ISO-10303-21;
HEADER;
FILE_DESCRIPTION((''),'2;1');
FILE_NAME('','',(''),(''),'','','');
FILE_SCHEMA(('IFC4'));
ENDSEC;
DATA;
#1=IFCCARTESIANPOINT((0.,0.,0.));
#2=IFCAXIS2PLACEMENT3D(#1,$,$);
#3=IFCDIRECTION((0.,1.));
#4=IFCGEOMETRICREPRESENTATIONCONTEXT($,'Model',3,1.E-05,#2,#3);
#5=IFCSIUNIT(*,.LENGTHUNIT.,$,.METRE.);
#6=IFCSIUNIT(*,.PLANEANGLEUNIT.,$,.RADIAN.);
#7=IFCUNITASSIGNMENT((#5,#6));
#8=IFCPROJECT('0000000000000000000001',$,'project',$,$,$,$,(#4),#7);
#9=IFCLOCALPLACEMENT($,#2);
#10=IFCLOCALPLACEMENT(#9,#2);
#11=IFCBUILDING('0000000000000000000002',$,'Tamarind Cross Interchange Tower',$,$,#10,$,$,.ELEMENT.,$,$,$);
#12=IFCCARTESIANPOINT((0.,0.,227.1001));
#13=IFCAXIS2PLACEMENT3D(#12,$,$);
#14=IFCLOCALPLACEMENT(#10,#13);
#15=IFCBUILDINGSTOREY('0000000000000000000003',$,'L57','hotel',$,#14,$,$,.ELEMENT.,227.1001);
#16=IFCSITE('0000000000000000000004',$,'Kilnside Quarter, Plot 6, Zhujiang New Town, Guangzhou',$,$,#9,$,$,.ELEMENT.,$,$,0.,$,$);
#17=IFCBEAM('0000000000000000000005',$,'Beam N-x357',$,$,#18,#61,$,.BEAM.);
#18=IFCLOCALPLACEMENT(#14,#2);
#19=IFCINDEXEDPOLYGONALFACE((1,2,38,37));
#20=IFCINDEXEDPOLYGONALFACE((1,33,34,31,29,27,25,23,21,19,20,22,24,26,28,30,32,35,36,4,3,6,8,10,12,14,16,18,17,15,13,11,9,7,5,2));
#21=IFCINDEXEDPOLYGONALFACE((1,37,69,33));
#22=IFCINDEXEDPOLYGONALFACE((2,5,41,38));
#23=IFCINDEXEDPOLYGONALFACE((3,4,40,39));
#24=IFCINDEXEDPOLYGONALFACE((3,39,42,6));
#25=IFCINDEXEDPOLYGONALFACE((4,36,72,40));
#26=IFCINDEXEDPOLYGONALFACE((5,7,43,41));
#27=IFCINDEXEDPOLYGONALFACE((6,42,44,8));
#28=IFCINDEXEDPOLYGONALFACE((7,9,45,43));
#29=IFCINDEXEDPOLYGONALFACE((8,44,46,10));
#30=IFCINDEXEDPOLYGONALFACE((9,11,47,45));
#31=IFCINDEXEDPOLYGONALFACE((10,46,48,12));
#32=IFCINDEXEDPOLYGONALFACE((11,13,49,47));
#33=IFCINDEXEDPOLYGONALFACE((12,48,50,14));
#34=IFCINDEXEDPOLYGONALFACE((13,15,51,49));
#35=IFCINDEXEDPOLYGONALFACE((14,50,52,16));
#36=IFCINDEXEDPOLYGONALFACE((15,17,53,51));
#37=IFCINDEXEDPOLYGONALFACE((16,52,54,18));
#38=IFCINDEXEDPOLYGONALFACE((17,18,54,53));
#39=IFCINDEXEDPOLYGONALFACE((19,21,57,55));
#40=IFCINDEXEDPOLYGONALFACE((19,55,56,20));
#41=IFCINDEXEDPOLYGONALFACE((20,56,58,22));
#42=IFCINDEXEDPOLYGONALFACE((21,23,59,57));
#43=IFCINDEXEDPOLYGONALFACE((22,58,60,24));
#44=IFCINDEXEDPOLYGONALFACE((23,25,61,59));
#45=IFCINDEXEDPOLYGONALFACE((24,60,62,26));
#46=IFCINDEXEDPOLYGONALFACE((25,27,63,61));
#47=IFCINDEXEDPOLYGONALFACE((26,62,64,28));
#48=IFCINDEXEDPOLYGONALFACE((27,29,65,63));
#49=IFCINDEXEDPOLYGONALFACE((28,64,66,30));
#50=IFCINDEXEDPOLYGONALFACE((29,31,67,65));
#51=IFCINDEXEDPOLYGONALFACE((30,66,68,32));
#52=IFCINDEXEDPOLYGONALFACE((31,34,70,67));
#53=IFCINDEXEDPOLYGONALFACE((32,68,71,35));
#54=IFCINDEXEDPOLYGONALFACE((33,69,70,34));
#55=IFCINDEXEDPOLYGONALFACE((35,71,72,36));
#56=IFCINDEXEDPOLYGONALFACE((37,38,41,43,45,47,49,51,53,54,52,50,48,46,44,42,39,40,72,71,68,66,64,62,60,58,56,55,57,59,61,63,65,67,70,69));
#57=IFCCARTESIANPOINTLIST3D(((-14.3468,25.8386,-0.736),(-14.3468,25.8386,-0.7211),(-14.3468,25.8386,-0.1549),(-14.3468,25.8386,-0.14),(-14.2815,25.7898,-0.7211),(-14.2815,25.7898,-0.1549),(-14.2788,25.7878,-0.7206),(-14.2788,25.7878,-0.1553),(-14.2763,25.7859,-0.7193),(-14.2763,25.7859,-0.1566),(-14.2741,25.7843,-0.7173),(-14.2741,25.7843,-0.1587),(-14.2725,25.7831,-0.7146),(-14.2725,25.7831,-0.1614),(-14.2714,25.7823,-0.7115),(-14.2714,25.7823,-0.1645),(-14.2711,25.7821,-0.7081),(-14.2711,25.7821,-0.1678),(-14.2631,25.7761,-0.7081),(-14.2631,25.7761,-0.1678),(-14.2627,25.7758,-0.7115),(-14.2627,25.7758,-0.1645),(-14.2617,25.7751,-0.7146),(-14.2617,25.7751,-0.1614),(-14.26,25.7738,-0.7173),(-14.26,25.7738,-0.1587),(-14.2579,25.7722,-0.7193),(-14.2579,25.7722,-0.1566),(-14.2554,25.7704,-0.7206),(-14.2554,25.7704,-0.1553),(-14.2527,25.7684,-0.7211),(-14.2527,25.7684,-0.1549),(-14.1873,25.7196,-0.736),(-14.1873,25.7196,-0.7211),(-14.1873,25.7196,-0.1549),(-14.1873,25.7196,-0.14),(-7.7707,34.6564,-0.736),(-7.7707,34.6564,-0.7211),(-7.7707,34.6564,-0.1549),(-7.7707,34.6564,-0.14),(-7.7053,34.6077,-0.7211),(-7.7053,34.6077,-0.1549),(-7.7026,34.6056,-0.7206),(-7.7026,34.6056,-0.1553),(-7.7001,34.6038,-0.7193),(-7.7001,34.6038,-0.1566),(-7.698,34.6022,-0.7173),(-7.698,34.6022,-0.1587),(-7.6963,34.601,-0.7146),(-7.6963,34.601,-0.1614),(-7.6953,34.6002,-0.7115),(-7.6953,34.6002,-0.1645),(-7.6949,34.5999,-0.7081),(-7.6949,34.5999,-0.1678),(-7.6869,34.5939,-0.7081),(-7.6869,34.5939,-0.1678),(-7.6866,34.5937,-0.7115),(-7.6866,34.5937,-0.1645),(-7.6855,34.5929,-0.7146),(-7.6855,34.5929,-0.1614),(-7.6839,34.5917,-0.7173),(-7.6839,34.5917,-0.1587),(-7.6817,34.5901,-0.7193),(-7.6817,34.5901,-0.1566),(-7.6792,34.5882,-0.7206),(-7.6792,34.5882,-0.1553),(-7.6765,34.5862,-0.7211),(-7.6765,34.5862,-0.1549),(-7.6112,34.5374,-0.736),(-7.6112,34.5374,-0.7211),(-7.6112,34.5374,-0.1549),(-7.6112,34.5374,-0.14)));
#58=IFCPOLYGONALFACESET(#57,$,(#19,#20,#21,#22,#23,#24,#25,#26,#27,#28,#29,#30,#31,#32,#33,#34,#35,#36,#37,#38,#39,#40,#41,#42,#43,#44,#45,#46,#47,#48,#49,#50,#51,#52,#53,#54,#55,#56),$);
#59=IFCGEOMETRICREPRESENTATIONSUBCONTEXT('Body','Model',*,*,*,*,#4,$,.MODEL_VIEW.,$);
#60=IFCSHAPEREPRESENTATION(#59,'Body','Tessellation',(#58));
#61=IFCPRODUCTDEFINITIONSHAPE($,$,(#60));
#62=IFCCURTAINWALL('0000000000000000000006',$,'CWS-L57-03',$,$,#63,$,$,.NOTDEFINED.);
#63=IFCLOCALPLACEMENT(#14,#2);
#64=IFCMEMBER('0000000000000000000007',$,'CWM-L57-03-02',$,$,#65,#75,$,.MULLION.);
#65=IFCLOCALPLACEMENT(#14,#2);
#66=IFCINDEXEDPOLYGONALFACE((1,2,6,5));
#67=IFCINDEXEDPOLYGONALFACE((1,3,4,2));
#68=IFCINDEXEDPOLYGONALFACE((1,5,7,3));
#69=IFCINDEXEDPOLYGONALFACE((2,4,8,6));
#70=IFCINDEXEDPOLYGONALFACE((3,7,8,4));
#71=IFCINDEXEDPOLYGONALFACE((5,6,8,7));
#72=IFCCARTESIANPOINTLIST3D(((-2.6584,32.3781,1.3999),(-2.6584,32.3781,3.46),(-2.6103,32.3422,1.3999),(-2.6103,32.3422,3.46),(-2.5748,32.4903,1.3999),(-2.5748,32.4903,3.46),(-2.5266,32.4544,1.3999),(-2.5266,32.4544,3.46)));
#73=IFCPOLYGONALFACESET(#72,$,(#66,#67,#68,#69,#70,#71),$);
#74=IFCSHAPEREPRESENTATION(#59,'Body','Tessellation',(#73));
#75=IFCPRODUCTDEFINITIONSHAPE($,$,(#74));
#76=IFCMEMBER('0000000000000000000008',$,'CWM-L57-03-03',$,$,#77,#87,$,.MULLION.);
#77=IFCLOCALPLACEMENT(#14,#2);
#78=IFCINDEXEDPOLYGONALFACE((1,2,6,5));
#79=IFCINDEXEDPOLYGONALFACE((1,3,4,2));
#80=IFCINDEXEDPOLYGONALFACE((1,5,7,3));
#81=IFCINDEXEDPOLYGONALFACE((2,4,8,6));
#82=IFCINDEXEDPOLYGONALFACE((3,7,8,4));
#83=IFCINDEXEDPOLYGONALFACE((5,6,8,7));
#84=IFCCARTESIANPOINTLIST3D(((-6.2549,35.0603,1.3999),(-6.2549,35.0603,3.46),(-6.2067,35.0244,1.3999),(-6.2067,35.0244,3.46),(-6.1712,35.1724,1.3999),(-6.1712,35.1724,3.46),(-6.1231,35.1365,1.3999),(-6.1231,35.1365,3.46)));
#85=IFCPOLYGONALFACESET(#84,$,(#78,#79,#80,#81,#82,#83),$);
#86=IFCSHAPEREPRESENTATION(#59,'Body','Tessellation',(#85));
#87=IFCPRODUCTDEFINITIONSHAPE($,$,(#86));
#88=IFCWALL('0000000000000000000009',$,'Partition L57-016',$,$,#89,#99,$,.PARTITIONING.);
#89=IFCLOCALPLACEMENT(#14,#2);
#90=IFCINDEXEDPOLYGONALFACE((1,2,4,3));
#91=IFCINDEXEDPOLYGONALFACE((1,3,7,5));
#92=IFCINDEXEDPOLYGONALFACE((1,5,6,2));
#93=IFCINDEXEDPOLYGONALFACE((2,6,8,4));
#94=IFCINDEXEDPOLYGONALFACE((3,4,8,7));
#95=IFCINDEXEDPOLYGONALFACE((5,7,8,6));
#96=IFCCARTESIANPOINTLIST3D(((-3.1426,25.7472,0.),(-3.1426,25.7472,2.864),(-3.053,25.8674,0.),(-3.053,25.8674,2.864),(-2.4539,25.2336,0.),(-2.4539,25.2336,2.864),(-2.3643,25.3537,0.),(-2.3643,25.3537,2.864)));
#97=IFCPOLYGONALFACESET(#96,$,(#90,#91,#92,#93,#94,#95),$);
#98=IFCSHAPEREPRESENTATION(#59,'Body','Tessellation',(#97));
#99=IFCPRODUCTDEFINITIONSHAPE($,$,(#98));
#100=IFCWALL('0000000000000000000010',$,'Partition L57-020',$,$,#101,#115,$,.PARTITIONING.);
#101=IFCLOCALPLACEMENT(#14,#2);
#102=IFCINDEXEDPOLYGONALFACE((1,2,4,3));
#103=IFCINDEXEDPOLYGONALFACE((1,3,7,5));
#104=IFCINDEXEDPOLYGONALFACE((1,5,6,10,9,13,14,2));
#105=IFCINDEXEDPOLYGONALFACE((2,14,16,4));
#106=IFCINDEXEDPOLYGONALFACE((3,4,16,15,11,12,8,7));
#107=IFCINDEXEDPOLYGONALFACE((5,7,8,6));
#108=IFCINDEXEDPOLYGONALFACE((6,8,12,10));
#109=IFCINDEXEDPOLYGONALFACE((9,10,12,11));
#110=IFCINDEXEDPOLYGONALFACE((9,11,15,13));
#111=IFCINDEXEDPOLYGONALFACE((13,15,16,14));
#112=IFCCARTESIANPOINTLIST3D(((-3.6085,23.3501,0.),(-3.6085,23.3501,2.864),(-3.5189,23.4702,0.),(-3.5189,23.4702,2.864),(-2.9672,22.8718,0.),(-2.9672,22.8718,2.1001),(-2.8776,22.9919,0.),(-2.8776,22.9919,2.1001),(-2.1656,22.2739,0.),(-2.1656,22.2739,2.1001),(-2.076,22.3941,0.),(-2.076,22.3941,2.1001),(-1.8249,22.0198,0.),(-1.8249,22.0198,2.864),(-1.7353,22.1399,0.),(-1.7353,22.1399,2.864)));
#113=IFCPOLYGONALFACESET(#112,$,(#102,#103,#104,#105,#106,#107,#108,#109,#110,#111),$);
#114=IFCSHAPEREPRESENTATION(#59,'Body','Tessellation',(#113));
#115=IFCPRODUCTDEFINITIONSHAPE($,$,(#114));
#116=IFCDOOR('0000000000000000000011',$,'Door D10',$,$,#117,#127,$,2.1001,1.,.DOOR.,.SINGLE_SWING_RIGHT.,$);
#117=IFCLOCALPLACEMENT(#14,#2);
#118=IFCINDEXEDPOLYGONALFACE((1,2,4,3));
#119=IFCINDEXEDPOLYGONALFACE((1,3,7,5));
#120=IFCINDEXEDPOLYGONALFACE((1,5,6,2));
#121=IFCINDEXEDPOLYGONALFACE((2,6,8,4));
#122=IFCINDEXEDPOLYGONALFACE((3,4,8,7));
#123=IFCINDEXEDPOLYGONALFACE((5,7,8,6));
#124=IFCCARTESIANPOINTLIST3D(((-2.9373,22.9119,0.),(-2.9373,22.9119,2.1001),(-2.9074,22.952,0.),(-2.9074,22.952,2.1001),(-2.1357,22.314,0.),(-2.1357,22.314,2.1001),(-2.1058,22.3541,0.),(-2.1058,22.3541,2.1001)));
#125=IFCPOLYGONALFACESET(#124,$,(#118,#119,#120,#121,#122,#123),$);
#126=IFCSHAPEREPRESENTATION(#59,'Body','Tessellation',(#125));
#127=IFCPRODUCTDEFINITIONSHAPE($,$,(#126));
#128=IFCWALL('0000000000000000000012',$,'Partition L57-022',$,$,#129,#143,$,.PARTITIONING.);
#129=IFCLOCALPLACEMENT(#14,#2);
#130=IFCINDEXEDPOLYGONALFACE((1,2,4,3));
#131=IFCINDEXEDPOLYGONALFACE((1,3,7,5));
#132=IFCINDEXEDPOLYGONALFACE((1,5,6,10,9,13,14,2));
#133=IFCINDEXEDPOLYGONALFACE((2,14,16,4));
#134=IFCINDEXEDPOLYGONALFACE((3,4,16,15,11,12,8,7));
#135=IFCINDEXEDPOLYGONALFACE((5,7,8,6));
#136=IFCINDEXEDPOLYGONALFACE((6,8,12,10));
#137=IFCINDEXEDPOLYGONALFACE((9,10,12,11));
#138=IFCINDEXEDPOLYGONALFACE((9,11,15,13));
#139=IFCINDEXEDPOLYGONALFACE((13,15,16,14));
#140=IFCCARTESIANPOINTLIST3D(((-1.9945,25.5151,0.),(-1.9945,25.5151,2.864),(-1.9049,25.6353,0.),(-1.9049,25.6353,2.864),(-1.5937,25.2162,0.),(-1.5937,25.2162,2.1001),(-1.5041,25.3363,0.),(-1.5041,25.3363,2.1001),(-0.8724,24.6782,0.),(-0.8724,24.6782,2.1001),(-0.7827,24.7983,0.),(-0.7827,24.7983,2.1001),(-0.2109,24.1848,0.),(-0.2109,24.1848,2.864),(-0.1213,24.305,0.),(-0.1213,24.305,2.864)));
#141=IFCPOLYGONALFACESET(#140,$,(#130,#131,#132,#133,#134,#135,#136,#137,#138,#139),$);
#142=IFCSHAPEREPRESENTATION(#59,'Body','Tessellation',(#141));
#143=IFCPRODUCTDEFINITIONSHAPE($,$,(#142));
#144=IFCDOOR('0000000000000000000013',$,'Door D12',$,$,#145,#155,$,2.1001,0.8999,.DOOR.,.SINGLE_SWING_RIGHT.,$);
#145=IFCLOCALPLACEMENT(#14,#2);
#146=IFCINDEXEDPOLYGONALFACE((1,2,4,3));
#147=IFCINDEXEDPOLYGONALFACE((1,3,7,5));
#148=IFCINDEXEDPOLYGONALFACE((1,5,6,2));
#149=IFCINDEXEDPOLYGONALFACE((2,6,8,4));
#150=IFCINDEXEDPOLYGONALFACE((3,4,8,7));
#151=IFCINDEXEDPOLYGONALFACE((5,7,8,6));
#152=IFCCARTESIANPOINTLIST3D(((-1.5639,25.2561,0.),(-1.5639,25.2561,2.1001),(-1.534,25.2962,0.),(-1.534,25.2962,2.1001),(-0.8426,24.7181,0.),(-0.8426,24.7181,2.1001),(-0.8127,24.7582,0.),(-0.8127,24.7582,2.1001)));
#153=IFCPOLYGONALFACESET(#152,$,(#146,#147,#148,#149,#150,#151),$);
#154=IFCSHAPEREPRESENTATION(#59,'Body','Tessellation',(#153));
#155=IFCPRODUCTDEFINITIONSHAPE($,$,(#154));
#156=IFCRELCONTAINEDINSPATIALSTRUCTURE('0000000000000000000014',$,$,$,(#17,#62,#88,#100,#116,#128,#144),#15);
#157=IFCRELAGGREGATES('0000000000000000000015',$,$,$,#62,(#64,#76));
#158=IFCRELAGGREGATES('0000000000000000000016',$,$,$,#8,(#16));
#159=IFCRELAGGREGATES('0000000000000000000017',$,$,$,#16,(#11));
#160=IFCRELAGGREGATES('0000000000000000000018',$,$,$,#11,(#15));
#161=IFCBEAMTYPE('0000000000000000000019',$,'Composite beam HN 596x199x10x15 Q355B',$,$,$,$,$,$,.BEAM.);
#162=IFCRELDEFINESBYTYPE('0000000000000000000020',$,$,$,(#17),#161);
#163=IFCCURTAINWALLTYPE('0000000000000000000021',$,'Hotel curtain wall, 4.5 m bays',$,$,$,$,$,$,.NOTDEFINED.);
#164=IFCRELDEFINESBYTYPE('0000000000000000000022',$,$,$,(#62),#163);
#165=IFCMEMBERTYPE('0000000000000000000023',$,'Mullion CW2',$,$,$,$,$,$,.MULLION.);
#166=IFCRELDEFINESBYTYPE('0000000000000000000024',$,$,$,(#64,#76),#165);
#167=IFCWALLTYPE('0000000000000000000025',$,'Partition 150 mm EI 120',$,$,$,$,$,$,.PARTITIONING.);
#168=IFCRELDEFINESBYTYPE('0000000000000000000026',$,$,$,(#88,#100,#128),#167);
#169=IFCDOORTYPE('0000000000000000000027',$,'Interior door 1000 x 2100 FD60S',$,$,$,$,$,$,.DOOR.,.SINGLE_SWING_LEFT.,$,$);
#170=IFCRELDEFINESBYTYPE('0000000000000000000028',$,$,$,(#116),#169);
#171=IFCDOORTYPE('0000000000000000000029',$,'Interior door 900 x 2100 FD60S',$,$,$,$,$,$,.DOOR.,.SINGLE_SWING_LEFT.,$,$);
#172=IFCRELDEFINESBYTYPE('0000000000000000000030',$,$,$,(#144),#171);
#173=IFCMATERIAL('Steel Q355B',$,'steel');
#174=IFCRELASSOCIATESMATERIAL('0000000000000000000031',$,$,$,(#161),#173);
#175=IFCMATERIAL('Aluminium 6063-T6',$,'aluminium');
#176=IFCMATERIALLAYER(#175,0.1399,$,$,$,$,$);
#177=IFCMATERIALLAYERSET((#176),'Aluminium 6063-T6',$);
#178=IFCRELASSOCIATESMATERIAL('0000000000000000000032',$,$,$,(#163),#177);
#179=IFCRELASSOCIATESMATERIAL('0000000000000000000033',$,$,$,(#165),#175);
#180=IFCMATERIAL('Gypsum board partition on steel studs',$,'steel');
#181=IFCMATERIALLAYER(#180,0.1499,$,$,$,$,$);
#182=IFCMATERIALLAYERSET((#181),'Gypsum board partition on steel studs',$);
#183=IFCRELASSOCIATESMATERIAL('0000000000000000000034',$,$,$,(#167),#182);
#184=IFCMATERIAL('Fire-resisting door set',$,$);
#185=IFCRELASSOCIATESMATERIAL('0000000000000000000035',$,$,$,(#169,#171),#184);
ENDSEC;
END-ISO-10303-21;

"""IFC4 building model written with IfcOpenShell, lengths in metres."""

from ifc_helpers import new_model, si_unit, direction, frame, frame_2d, origin, origin_2d, place, context, subcontext, project, spatial, rectangle, i_section, extrude, material, layer, layer_set, material_profile, profile_set, type_object, element, fill, aggregate, save


model = new_model("IFC4")

# Units and contexts
model_context = context("Model", 3, precision=1e-05, world=origin(), true_north=direction((0.0, 1.0)))
body_context = subcontext(model_context, "Body", "Model", "MODEL_VIEW")
ifc_project = project(units=[si_unit("LENGTHUNIT", "METRE"), si_unit("PLANEANGLEUNIT", "RADIAN")], contexts=[model_context])

# Site, building, storey
site_placement = place(None, origin())
site = spatial("IfcSite", under=ifc_project, at=site_placement, Name="Kilnside Quarter, Plot 6, Zhujiang New Town, Guangzhou", CompositionType="ELEMENT", RefElevation=0.0)
building_placement = place(site_placement, origin())
building = spatial("IfcBuilding", under=site, at=building_placement, Name="Tamarind Cross Interchange Tower", CompositionType="ELEMENT")
storey_placement = place(building_placement, frame((0.0, 0.0, 227.1001)))
storey = spatial("IfcBuildingStorey", under=building, at=storey_placement, Name="L57", Description="hotel", CompositionType="ELEMENT", Elevation=227.1001)

# Beam
ifc_material_1 = material(Name="Steel Q355B", Category="steel")
ifc_material_profile_1 = material_profile(ifc_material_1, i_section(OverallWidth=0.199, OverallDepth=0.5959, WebThickness=0.01, FlangeThickness=0.0149, FilletRadius=0.0129, at=origin_2d()), Name="HN 596x199x10x15")
ifc_profile_set_1 = profile_set([ifc_material_profile_1], Name="Steel Q355B")
beam_type_1 = type_object("IfcBeamType", Name="Composite beam HN 596x199x10x15 Q355B", PredefinedType="BEAM", material=ifc_profile_set_1)
for number, where, z_axis, x_axis, name in (
    (1, (-7.6909, 34.5969, -0.438), (-0.597832, -0.801622, 0.0), (0.801622, -0.597832, 0.0), "Beam N-x357"),
):
    element("IfcBeam", number, at=place(storey_placement, frame(where, z_axis=z_axis, x_axis=x_axis)), inside=storey, type_object=beam_type_1, Name=name, PredefinedType="BEAM", context=body_context, shape_type="SweptSolid", body=[
        extrude(i_section(OverallWidth=0.199, OverallDepth=0.5959, WebThickness=0.01, FlangeThickness=0.0149, FilletRadius=0.0129, at=origin_2d()), origin(), (0.0, 0.0, 1.0), 11.0),
    ])

# Curtain wall, members
ifc_material_2 = material(Name="Aluminium 6063-T6", Category="aluminium")
ifc_layer_1 = layer(ifc_material_2, 0.1399)
ifc_layer_set_1 = layer_set([ifc_layer_1], Name="Aluminium 6063-T6")
curtain_wall_type = type_object("IfcCurtainWallType", Name="Hotel curtain wall, 4.5 m bays", PredefinedType="NOTDEFINED", material=ifc_layer_set_1)
curtain_wall_placement = place(storey_placement, origin())
curtain_wall = element("IfcCurtainWall", 2, at=curtain_wall_placement, inside=storey, type_object=curtain_wall_type, Name="CWS-L57-03", PredefinedType="NOTDEFINED")
ifc_material_profile_2 = material_profile(ifc_material_2, rectangle(XDim=0.0601, YDim=0.1399, at=origin_2d()), Name="Mullion CW2")
ifc_profile_set_2 = profile_set([ifc_material_profile_2], Name="Aluminium 6063-T6")
member_type = type_object("IfcMemberType", Name="Mullion CW2", PredefinedType="MULLION", material=ifc_profile_set_2)
member_1_placement = place(storey_placement, frame((-2.5925, 32.4163, 1.3999), z_axis=(0.0, 0.0, 1.0), x_axis=(-0.801617, 0.597838, 0.0)))
member_1 = element("IfcMember", 3, at=member_1_placement, type_object=member_type, Name="CWM-L57-03-02", PredefinedType="MULLION", context=body_context, shape_type="SweptSolid", body=[
    extrude(rectangle(XDim=0.0601, YDim=0.1399, at=origin_2d()), origin(), (0.0, 0.0, 1.0), 2.0601),
])
member_2_placement = place(storey_placement, frame((-6.189, 35.0984, 1.3999), z_axis=(0.0, 0.0, 1.0), x_axis=(-0.801617, 0.597838, 0.0)))
member_2 = element("IfcMember", 4, at=member_2_placement, type_object=member_type, Name="CWM-L57-03-03", PredefinedType="MULLION", context=body_context, shape_type="SweptSolid", body=[
    extrude(rectangle(XDim=0.0601, YDim=0.1399, at=origin_2d()), origin(), (0.0, 0.0, 1.0), 2.0601),
])
aggregate(curtain_wall, [member_1, member_2])

# Wall
ifc_material_3 = material(Name="Gypsum board partition on steel studs", Category="steel")
ifc_layer_2 = layer(ifc_material_3, 0.1499)
ifc_layer_set_2 = layer_set([ifc_layer_2], Name="Gypsum board partition on steel studs")
wall_type_1 = type_object("IfcWallType", Name="Partition 150 mm EI 120", PredefinedType="PARTITIONING", material=ifc_layer_set_2)
wall_1_placement = place(storey_placement, frame((-3.0979, 25.8074, 0.0), z_axis=(0.0, 0.0, 1.0), x_axis=(0.8016, -0.597861, 0.0)))
element("IfcWall", 5, at=wall_1_placement, inside=storey, type_object=wall_type_1, Name="Partition L57-016", PredefinedType="PARTITIONING", context=body_context, shape_type="SweptSolid", body=[
    extrude(rectangle(XDim=0.8591, YDim=0.1499, at=frame_2d((0.4297, 0.0))), origin(), (0.0, 0.0, 1.0), 2.864),
])

# Walls, openings, doors
wall_2_placement = place(storey_placement, frame((-3.5637, 23.4102, 0.0), z_axis=(0.0, 0.0, 1.0), x_axis=(0.801603, -0.597856, 0.0)))
wall_2 = element("IfcWall", 6, at=wall_2_placement, inside=storey, type_object=wall_type_1, Name="Partition L57-020", PredefinedType="PARTITIONING", context=body_context, shape_type="SweptSolid", body=[
    extrude(rectangle(XDim=2.2251, YDim=0.1499, at=frame_2d((1.1125, 0.0))), origin(), (0.0, 0.0, 1.0), 2.864),
])
opening_1_placement = place(wall_2_placement, frame((0.8, 0.0, 0.0)))
opening_1 = element("IfcOpeningElement", 7, at=opening_1_placement, cuts=wall_2, PredefinedType="OPENING", context=body_context, shape_type="SweptSolid", body=[
    extrude(rectangle(XDim=1.0, YDim=2.1001, at=frame_2d((0.5, 1.05))), frame((0.0, 0.085, 0.0), z_axis=(0.0, -1.0, 0.0), x_axis=(1.0, 0.0, 0.0)), (0.0, 0.0, 1.0), 0.1699),
])
ifc_material_4 = material(Name="Fire-resisting door set")
door_type_1 = type_object("IfcDoorType", Name="Interior door 1000 x 2100 FD60S", OperationType="SINGLE_SWING_LEFT", PredefinedType="DOOR", material=ifc_material_4)
door_1_placement = place(opening_1_placement, frame((1.0, 0.0, 0.0), z_axis=(0.0, 0.0, 1.0), x_axis=(-1.0, 0.0, 0.0)))
door_1 = element("IfcDoor", 8, at=door_1_placement, inside=storey, type_object=door_type_1, Name="Door D10", OperationType="SINGLE_SWING_RIGHT", OverallHeight=2.1001, OverallWidth=1.0, PredefinedType="DOOR", context=body_context, shape_type="SweptSolid", body=[
    extrude(rectangle(XDim=1.0, YDim=2.1001, at=frame_2d((0.5, 1.05))), frame((0.0, 0.0249, 0.0), z_axis=(0.0, -1.0, 0.0), x_axis=(1.0, 0.0, 0.0)), (0.0, 0.0, 1.0), 0.05),
])
fill(opening_1, door_1)
wall_3_placement = place(storey_placement, frame((-1.9497, 25.5752, 0.0), z_axis=(0.0, 0.0, 1.0), x_axis=(0.801603, -0.597856, 0.0)))
wall_3 = element("IfcWall", 9, at=wall_3_placement, inside=storey, type_object=wall_type_1, Name="Partition L57-022", PredefinedType="PARTITIONING", context=body_context, shape_type="SweptSolid", body=[
    extrude(rectangle(XDim=2.2251, YDim=0.1499, at=frame_2d((1.1125, 0.0))), origin(), (0.0, 0.0, 1.0), 2.864),
])
opening_2_placement = place(wall_3_placement, frame((0.5, 0.0, 0.0)))
opening_2 = element("IfcOpeningElement", 10, at=opening_2_placement, cuts=wall_3, PredefinedType="OPENING", context=body_context, shape_type="SweptSolid", body=[
    extrude(rectangle(XDim=0.8999, YDim=2.1001, at=frame_2d((0.45, 1.05))), frame((0.0, 0.085, 0.0), z_axis=(0.0, -1.0, 0.0), x_axis=(1.0, 0.0, 0.0)), (0.0, 0.0, 1.0), 0.1699),
])
door_type_2 = type_object("IfcDoorType", Name="Interior door 900 x 2100 FD60S", OperationType="SINGLE_SWING_LEFT", PredefinedType="DOOR", material=ifc_material_4)
door_2_placement = place(opening_2_placement, origin())
door_2 = element("IfcDoor", 11, at=door_2_placement, inside=storey, type_object=door_type_2, Name="Door D12", OperationType="SINGLE_SWING_RIGHT", OverallHeight=2.1001, OverallWidth=0.8999, PredefinedType="DOOR", context=body_context, shape_type="SweptSolid", body=[
    extrude(rectangle(XDim=0.8999, YDim=2.1001, at=frame_2d((0.45, 1.05))), frame((0.0, 0.0249, 0.0), z_axis=(0.0, -1.0, 0.0), x_axis=(1.0, 0.0, 0.0)), (0.0, 0.0, 1.0), 0.05),
])
fill(opening_2, door_2)

save(model, "model.ifc")
